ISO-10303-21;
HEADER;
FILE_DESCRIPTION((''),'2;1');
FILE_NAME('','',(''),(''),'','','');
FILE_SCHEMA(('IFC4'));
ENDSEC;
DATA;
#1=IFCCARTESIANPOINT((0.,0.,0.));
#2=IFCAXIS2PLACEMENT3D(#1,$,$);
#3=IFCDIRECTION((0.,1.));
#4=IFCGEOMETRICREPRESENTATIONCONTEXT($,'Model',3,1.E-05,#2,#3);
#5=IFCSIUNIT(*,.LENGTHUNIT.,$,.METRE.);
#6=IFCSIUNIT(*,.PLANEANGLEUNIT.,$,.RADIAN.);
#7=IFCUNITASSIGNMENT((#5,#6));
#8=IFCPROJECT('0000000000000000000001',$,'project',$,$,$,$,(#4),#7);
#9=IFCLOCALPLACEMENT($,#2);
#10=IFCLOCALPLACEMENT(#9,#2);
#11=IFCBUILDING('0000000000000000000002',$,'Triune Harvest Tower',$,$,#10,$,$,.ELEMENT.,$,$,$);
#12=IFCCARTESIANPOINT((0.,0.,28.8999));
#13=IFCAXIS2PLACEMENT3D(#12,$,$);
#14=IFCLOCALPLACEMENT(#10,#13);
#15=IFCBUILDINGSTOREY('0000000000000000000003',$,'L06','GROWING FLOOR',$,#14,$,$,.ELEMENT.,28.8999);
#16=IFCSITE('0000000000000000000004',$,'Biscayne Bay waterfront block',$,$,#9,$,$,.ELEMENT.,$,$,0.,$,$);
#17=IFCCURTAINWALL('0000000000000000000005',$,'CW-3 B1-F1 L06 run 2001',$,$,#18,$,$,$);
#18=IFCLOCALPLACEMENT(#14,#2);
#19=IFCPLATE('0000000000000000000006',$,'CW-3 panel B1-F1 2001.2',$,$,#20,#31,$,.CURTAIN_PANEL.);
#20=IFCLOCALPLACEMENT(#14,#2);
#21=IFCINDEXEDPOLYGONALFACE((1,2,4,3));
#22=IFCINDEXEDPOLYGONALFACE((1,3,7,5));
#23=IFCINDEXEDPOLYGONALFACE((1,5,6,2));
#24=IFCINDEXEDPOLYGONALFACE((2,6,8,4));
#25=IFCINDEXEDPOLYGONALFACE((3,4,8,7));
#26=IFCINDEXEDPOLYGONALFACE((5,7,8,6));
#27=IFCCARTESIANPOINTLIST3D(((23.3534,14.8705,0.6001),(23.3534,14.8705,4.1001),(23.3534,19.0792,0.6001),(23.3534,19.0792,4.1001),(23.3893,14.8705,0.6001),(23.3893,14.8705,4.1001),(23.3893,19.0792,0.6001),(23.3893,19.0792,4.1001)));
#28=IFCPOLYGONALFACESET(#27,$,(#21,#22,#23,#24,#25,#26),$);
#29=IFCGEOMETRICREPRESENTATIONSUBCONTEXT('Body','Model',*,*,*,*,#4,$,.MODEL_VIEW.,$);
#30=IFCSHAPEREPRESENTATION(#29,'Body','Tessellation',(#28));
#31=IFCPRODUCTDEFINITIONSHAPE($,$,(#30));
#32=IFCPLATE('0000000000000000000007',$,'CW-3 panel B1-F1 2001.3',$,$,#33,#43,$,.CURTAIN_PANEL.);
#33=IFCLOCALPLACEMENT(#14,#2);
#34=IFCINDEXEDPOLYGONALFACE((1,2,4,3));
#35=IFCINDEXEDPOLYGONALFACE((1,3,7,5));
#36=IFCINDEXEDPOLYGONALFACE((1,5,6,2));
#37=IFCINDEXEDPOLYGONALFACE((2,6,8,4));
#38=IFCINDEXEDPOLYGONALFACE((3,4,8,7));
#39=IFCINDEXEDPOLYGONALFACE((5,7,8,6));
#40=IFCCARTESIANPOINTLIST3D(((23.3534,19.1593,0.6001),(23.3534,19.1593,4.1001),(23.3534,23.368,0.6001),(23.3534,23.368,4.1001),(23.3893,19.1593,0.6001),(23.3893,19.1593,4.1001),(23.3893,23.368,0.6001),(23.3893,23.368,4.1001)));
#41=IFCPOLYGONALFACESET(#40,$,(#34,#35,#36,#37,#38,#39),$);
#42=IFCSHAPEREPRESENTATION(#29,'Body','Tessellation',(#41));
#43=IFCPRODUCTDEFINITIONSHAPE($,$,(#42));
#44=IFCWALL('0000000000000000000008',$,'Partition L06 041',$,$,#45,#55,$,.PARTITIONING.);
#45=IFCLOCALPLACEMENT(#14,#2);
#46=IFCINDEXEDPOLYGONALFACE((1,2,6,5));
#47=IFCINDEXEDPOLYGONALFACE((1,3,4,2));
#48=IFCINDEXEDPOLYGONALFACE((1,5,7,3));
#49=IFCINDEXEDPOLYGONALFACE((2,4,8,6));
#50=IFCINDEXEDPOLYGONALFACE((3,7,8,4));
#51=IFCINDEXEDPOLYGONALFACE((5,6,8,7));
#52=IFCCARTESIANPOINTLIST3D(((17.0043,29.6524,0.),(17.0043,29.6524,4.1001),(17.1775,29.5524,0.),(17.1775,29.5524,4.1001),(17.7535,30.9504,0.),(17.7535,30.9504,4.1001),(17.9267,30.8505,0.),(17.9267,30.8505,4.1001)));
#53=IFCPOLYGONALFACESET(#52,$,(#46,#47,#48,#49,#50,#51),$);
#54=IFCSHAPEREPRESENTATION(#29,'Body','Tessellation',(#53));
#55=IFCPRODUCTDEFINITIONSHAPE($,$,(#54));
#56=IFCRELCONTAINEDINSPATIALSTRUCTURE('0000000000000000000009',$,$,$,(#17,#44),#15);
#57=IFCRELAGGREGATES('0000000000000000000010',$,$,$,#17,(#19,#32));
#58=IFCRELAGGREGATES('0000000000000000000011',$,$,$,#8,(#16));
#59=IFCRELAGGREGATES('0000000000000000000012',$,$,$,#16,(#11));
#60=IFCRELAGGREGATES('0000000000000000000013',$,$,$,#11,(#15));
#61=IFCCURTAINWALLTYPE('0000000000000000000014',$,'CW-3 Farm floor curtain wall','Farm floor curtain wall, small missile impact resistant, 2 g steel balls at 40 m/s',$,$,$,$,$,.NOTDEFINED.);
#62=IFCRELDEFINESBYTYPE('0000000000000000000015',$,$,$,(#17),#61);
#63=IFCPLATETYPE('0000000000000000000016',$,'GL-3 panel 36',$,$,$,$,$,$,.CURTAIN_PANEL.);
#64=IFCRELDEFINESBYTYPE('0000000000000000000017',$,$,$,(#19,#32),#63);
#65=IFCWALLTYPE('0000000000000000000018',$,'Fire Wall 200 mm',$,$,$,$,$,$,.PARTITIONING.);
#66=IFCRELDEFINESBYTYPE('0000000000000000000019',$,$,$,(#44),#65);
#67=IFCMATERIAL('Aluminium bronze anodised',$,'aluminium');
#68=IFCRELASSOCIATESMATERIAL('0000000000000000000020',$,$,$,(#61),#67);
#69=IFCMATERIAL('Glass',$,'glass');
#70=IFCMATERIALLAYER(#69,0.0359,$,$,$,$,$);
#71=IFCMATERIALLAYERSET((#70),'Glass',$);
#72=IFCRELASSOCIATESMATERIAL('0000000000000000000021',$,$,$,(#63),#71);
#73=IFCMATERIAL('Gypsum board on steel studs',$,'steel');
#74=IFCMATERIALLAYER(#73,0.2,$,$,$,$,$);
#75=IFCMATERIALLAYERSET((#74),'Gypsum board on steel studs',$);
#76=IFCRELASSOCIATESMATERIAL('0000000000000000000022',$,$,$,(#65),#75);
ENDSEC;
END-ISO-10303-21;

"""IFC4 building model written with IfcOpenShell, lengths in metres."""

from ifc_helpers import new_model, si_unit, direction, frame, frame_2d, origin, origin_2d, place, context, subcontext, project, spatial, rectangle, extrude, source, transform, mapped, material, layer, layer_set, type_object, element, aggregate, save


model = new_model("IFC4")

# Units and contexts
model_context = context("Model", 3, precision=1e-05, world=origin(), true_north=direction((0.0, 1.0)))
body_context = subcontext(model_context, "Body", "Model", "MODEL_VIEW")
ifc_project = project(units=[si_unit("LENGTHUNIT", "METRE"), si_unit("PLANEANGLEUNIT", "RADIAN")], contexts=[model_context])

# Site, building, storey
site_placement = place(None, origin())
site = spatial("IfcSite", under=ifc_project, at=site_placement, Name="Biscayne Bay waterfront block", CompositionType="ELEMENT", RefElevation=0.0)
building_placement = place(site_placement, origin())
building = spatial("IfcBuilding", under=site, at=building_placement, Name="Triune Harvest Tower", CompositionType="ELEMENT")
storey_placement = place(building_placement, frame((0.0, 0.0, 28.8999)))
storey = spatial("IfcBuildingStorey", under=building, at=storey_placement, Name="L06", Description="GROWING FLOOR", CompositionType="ELEMENT", Elevation=28.8999)

# Curtain wall
ifc_material_1 = material(Name="Aluminium bronze anodised", Category="aluminium")
curtain_wall_type = type_object("IfcCurtainWallType", Name="CW-3 Farm floor curtain wall", Description="Farm floor curtain wall, small missile impact resistant, 2 g steel balls at 40 m/s", PredefinedType="NOTDEFINED", material=ifc_material_1)
curtain_wall_1_placement = place(storey_placement, origin())
curtain_wall_1 = element("IfcCurtainWall", 1, at=curtain_wall_1_placement, inside=storey, type_object=curtain_wall_type, Name="CW-3 B1-F1 L06 run 2001")

# Plates
ifc_material_2 = material(Name="Glass", Category="glass")
ifc_layer_1 = layer(ifc_material_2, 0.0359)
ifc_layer_set_1 = layer_set([ifc_layer_1], Name="Glass")
plate_type = type_object("IfcPlateType", Name="GL-3 panel 36", PredefinedType="CURTAIN_PANEL", material=ifc_layer_set_1)
shared_shape_1 = source(origin(), body_context, "Body", "SweptSolid", [
    extrude(rectangle(XDim=4.2087, YDim=0.0359, at=origin_2d()), origin(), (0.0, 0.0, 1.0), 3.5),
])
plate_1_placement = place(storey_placement, frame((23.3713, 16.9749, 0.6001), z_axis=(0.0, 0.0, 1.0), x_axis=(0.0, 1.0, 0.0)))
plate_1 = element("IfcPlate", 2, at=plate_1_placement, type_object=plate_type, Name="CW-3 panel B1-F1 2001.2", PredefinedType="CURTAIN_PANEL", context=body_context, shape_type="MappedRepresentation", body=[
    mapped(shared_shape_1, transform((0.0, 0.0, 0.0), scale=1.0)),
])
plate_2_placement = place(storey_placement, frame((23.3713, 21.2637, 0.6001), z_axis=(0.0, 0.0, 1.0), x_axis=(0.0, 1.0, 0.0)))
plate_2 = element("IfcPlate", 3, at=plate_2_placement, type_object=plate_type, Name="CW-3 panel B1-F1 2001.3", PredefinedType="CURTAIN_PANEL", context=body_context, shape_type="MappedRepresentation", body=[
    mapped(shared_shape_1, transform((0.0, 0.0, 0.0), scale=1.0)),
])
aggregate(curtain_wall_1, [plate_1, plate_2])

# Wall
ifc_material_3 = material(Name="Gypsum board on steel studs", Category="steel")
ifc_layer_2 = layer(ifc_material_3, 0.2)
ifc_layer_set_2 = layer_set([ifc_layer_2], Name="Gypsum board on steel studs")
wall_type = type_object("IfcWallType", Name="Fire Wall 200 mm", PredefinedType="PARTITIONING", material=ifc_layer_set_2)
shared_shape_2 = source(origin(), body_context, "Body", "SweptSolid", [
    extrude(rectangle(XDim=1.4988, YDim=0.2, at=frame_2d((0.7495, 0.0))), origin(), (0.0, 0.0, 1.0), 4.1001),
])
wall_placement = place(storey_placement, frame((17.0908, 29.6023, 0.0), z_axis=(0.0, 0.0, 1.0), x_axis=(0.499906, 0.86608, 0.0)))
element("IfcWall", 4, at=wall_placement, inside=storey, type_object=wall_type, Name="Partition L06 041", PredefinedType="PARTITIONING", context=body_context, shape_type="MappedRepresentation", body=[
    mapped(shared_shape_2, transform((0.0, 0.0, 0.0), scale=1.0)),
])

save(model, "model.ifc")
